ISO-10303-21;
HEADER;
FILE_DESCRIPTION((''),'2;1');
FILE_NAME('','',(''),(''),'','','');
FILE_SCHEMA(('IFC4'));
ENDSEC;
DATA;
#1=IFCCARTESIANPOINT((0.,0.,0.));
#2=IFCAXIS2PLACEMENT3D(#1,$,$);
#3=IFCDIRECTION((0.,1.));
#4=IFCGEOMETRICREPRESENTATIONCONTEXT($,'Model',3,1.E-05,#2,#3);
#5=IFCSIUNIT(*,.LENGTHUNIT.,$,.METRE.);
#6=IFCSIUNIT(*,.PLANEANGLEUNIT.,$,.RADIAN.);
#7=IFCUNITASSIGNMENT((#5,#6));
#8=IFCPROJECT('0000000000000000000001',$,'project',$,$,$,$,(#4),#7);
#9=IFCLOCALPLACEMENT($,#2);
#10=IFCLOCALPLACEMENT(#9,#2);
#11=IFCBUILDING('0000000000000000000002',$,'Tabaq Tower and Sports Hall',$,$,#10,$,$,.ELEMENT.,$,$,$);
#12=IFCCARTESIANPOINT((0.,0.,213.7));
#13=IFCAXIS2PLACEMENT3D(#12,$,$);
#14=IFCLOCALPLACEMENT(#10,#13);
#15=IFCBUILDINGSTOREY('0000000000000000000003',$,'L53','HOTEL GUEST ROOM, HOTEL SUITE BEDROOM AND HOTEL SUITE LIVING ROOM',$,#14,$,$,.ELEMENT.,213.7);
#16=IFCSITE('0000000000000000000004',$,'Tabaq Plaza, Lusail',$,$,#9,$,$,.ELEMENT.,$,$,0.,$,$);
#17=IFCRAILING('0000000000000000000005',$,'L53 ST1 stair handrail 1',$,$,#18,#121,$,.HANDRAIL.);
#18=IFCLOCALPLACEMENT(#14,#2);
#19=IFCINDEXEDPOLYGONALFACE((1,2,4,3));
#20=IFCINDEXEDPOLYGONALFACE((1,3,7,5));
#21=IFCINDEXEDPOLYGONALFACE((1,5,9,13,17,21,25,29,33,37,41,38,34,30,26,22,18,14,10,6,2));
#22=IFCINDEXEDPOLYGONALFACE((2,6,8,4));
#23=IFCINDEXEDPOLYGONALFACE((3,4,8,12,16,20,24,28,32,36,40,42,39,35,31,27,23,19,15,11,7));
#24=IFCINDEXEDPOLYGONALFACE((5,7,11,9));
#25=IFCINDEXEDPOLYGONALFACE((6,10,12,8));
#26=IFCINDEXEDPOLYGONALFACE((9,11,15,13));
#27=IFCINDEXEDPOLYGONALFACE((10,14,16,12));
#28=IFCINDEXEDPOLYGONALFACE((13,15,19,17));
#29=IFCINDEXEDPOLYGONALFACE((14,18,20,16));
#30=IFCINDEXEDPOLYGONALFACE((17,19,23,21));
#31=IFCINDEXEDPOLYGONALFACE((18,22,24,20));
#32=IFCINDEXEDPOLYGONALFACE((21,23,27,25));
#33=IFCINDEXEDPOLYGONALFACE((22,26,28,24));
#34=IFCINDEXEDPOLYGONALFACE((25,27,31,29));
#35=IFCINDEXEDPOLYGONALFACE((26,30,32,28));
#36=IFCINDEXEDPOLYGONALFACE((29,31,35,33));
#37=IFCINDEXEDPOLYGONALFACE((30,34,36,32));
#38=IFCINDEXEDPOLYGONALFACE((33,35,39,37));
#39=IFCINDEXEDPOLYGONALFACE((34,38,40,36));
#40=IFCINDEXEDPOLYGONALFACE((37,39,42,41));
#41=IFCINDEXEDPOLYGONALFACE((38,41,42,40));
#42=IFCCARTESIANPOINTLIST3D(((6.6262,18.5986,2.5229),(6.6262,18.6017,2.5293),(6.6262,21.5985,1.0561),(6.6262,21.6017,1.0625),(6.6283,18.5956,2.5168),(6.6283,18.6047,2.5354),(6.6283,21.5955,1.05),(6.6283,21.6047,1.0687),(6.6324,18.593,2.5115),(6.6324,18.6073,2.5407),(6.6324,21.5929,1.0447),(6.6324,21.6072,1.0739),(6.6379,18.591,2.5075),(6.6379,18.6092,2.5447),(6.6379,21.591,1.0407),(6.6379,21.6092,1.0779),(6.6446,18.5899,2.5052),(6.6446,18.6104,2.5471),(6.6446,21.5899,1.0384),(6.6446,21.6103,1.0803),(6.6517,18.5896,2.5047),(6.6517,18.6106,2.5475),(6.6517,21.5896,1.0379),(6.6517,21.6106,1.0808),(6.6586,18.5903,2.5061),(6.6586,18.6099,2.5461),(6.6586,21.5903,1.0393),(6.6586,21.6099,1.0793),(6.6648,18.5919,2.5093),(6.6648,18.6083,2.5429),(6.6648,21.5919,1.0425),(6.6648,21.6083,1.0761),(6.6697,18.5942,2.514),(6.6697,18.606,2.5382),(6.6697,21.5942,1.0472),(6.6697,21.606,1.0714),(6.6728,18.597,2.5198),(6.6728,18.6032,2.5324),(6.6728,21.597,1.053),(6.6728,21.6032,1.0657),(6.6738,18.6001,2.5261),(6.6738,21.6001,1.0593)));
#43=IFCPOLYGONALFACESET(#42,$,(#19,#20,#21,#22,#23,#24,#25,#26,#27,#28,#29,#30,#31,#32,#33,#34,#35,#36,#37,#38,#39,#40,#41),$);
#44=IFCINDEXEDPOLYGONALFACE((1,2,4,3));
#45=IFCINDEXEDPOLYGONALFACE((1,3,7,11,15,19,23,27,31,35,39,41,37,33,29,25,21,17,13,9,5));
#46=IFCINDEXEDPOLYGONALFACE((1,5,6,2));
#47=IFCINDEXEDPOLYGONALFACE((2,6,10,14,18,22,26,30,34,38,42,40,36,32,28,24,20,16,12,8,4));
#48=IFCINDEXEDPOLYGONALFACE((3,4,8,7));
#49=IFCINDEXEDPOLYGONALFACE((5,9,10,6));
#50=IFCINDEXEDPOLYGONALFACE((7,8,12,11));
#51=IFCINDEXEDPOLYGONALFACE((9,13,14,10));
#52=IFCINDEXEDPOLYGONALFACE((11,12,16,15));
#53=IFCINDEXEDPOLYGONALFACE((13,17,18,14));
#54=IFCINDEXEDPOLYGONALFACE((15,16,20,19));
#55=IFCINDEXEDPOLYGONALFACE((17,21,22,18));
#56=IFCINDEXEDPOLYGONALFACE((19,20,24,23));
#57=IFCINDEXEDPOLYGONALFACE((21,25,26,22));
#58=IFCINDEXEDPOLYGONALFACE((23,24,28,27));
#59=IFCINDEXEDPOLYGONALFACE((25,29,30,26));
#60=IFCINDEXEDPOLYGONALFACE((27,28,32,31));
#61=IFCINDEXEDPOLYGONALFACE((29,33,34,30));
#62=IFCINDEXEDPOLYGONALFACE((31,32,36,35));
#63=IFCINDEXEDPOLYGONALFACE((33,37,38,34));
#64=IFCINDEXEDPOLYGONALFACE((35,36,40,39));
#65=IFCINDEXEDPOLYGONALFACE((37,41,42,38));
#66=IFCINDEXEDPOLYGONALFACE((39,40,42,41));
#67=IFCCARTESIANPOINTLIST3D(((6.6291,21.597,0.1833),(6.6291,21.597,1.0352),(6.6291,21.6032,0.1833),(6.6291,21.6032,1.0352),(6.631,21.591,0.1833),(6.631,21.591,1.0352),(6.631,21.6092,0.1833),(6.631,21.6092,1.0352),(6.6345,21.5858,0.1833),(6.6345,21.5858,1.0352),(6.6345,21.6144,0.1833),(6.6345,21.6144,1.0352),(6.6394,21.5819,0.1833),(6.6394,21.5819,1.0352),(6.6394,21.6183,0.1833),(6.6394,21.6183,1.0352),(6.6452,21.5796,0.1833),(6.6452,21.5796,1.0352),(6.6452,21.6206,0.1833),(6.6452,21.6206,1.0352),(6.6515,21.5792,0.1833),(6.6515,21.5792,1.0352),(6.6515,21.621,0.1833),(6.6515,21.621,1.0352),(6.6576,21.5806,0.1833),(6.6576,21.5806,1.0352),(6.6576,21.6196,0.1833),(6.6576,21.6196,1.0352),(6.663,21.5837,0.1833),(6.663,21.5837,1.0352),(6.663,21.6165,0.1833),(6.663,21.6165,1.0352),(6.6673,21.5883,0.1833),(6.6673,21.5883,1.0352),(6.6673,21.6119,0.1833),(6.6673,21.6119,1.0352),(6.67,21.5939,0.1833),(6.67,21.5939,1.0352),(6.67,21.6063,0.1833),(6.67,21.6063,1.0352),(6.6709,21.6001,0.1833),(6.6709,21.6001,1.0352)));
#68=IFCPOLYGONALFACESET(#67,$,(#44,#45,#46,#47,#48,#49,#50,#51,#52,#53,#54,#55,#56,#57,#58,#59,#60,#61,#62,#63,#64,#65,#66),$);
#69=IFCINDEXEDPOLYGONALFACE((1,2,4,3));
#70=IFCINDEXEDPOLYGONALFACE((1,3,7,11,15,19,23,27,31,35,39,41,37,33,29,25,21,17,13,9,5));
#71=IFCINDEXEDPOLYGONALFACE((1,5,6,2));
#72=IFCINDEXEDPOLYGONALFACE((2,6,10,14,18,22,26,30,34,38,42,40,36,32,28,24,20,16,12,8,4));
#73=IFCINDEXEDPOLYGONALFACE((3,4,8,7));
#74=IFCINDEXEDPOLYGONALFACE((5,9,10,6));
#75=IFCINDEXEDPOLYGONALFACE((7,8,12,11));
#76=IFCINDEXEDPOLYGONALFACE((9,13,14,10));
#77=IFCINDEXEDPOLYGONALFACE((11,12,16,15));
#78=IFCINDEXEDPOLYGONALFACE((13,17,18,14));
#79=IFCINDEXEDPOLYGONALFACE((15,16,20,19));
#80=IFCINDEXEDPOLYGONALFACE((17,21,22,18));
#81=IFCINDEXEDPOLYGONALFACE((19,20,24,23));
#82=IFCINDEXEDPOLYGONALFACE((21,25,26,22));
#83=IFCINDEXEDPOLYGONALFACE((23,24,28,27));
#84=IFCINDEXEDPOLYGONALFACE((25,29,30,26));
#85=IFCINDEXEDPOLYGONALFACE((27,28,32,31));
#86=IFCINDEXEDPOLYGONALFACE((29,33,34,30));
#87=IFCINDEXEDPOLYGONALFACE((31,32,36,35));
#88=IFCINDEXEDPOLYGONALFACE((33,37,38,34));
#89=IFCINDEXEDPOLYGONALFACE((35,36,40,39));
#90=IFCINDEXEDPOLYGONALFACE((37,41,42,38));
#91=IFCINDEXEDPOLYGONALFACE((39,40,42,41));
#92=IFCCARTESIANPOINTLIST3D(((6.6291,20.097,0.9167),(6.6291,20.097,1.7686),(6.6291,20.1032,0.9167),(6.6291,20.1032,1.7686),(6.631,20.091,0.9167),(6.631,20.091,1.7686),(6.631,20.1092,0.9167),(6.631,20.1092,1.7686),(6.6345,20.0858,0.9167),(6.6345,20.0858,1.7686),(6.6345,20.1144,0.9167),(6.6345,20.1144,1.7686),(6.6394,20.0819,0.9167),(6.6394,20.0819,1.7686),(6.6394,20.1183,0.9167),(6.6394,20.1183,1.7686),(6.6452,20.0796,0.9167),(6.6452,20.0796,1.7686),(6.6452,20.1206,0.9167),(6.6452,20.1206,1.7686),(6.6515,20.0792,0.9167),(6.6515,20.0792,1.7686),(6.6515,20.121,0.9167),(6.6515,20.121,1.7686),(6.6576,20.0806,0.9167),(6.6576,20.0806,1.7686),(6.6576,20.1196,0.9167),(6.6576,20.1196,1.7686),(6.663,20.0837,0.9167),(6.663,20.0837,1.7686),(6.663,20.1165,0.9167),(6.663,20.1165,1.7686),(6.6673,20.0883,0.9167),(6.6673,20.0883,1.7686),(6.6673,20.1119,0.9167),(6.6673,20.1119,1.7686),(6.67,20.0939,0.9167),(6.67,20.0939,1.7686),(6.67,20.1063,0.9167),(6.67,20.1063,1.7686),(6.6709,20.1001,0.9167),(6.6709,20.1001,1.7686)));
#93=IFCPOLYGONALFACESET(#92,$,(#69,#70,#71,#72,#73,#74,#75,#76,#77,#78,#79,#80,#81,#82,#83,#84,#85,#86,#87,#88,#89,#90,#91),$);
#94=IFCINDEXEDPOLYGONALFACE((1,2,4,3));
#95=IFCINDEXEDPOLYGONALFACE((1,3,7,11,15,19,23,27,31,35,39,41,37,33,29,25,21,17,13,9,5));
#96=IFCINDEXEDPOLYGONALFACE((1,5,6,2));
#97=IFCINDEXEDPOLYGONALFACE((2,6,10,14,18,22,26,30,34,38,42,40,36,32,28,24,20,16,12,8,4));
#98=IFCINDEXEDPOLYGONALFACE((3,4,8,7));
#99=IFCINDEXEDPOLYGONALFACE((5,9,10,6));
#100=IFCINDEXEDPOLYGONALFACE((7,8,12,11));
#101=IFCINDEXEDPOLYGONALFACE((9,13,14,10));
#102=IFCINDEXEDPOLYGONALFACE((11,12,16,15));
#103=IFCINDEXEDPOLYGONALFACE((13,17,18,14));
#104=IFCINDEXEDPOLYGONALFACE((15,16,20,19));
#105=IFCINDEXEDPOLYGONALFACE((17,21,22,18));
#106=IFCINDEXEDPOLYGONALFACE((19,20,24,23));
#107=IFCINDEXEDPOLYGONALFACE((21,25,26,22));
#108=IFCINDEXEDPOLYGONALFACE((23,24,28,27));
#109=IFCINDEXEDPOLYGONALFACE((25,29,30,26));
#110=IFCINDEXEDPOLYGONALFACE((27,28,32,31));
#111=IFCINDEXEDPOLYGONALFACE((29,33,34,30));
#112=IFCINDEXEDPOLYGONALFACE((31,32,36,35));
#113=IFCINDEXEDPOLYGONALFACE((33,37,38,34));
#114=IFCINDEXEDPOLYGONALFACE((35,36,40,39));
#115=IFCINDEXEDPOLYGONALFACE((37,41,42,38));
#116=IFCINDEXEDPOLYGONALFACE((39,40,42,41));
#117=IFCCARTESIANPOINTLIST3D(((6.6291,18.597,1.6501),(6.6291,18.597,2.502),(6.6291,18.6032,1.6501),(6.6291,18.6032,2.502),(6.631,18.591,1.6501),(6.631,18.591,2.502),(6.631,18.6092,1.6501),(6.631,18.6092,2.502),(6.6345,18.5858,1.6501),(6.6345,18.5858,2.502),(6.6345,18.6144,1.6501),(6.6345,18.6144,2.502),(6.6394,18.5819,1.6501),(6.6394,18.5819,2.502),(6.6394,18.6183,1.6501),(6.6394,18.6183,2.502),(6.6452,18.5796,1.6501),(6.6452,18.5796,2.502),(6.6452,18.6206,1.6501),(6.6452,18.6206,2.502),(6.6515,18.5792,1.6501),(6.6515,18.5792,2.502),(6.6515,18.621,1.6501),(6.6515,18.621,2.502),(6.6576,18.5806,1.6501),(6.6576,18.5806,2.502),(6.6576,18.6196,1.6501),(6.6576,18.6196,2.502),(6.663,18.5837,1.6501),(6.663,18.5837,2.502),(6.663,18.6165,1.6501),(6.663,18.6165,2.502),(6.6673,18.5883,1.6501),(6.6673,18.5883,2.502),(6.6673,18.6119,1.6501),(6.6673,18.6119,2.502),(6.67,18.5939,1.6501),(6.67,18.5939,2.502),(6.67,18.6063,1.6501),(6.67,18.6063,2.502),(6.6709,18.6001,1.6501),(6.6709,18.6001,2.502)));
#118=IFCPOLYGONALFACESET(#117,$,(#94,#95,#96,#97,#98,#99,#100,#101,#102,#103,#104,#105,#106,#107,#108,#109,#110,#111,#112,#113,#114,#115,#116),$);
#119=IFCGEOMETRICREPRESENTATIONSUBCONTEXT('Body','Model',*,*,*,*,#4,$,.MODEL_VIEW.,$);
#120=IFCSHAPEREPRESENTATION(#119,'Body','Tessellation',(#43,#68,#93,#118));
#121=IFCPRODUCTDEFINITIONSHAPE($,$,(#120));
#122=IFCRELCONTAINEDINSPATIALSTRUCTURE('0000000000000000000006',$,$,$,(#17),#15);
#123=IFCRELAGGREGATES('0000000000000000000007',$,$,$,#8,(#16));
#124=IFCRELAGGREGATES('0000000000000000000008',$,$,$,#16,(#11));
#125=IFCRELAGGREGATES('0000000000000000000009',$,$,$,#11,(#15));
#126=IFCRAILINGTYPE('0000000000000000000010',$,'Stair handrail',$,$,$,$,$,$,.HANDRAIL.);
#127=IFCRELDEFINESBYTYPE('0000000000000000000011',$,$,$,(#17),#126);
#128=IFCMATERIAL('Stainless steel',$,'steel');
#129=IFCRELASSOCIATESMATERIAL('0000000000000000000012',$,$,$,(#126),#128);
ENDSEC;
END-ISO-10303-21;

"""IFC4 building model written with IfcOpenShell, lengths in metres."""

from ifc_helpers import new_model, si_unit, direction, frame, origin, origin_2d, place, context, subcontext, project, spatial, circle, extrude, material, type_object, element, save


model = new_model("IFC4")

# Units and contexts
model_context = context("Model", 3, precision=1e-05, world=origin(), true_north=direction((0.0, 1.0)))
body_context = subcontext(model_context, "Body", "Model", "MODEL_VIEW")
ifc_project = project(units=[si_unit("LENGTHUNIT", "METRE"), si_unit("PLANEANGLEUNIT", "RADIAN")], contexts=[model_context])

# Site, building, storey
site_placement = place(None, origin())
site = spatial("IfcSite", under=ifc_project, at=site_placement, Name="Tabaq Plaza, Lusail", CompositionType="ELEMENT", RefElevation=0.0)
building_placement = place(site_placement, origin())
building = spatial("IfcBuilding", under=site, at=building_placement, Name="Tabaq Tower and Sports Hall", CompositionType="ELEMENT")
storey_placement = place(building_placement, frame((0.0, 0.0, 213.7)))
storey = spatial("IfcBuildingStorey", under=building, at=storey_placement, Name="L53", Description="HOTEL GUEST ROOM, HOTEL SUITE BEDROOM AND HOTEL SUITE LIVING ROOM", CompositionType="ELEMENT", Elevation=213.7)

# Railing
ifc_material_1 = material(Name="Stainless steel", Category="steel")
railing_type_1 = type_object("IfcRailingType", Name="Stair handrail", PredefinedType="HANDRAIL", material=ifc_material_1)
railing_1_placement = place(storey_placement, frame((6.6499, 21.6001, 0.1833)))
element("IfcRailing", 1, at=railing_1_placement, inside=storey, type_object=railing_type_1, Name="L53 ST1 stair handrail 1", PredefinedType="HANDRAIL", context=body_context, shape_type="SweptSolid", body=[
    extrude(circle(Radius=0.0239, at=origin_2d()), frame((0.0, 0.0, 0.876), z_axis=(0.0, -0.898369, 0.439242), x_axis=(1.0, 0.0, 0.0)), (0.0, 0.0, 1.0), 3.3394),
    extrude(circle(Radius=0.021, at=origin_2d()), origin(), (0.0, 0.0, 1.0), 0.8518),
    extrude(circle(Radius=0.021, at=origin_2d()), frame((0.0, -1.5, 0.7334)), (0.0, 0.0, 1.0), 0.8518),
    extrude(circle(Radius=0.021, at=origin_2d()), frame((0.0, -3.0, 1.4668)), (0.0, 0.0, 1.0), 0.8518),
])

save(model, "model.ifc")
